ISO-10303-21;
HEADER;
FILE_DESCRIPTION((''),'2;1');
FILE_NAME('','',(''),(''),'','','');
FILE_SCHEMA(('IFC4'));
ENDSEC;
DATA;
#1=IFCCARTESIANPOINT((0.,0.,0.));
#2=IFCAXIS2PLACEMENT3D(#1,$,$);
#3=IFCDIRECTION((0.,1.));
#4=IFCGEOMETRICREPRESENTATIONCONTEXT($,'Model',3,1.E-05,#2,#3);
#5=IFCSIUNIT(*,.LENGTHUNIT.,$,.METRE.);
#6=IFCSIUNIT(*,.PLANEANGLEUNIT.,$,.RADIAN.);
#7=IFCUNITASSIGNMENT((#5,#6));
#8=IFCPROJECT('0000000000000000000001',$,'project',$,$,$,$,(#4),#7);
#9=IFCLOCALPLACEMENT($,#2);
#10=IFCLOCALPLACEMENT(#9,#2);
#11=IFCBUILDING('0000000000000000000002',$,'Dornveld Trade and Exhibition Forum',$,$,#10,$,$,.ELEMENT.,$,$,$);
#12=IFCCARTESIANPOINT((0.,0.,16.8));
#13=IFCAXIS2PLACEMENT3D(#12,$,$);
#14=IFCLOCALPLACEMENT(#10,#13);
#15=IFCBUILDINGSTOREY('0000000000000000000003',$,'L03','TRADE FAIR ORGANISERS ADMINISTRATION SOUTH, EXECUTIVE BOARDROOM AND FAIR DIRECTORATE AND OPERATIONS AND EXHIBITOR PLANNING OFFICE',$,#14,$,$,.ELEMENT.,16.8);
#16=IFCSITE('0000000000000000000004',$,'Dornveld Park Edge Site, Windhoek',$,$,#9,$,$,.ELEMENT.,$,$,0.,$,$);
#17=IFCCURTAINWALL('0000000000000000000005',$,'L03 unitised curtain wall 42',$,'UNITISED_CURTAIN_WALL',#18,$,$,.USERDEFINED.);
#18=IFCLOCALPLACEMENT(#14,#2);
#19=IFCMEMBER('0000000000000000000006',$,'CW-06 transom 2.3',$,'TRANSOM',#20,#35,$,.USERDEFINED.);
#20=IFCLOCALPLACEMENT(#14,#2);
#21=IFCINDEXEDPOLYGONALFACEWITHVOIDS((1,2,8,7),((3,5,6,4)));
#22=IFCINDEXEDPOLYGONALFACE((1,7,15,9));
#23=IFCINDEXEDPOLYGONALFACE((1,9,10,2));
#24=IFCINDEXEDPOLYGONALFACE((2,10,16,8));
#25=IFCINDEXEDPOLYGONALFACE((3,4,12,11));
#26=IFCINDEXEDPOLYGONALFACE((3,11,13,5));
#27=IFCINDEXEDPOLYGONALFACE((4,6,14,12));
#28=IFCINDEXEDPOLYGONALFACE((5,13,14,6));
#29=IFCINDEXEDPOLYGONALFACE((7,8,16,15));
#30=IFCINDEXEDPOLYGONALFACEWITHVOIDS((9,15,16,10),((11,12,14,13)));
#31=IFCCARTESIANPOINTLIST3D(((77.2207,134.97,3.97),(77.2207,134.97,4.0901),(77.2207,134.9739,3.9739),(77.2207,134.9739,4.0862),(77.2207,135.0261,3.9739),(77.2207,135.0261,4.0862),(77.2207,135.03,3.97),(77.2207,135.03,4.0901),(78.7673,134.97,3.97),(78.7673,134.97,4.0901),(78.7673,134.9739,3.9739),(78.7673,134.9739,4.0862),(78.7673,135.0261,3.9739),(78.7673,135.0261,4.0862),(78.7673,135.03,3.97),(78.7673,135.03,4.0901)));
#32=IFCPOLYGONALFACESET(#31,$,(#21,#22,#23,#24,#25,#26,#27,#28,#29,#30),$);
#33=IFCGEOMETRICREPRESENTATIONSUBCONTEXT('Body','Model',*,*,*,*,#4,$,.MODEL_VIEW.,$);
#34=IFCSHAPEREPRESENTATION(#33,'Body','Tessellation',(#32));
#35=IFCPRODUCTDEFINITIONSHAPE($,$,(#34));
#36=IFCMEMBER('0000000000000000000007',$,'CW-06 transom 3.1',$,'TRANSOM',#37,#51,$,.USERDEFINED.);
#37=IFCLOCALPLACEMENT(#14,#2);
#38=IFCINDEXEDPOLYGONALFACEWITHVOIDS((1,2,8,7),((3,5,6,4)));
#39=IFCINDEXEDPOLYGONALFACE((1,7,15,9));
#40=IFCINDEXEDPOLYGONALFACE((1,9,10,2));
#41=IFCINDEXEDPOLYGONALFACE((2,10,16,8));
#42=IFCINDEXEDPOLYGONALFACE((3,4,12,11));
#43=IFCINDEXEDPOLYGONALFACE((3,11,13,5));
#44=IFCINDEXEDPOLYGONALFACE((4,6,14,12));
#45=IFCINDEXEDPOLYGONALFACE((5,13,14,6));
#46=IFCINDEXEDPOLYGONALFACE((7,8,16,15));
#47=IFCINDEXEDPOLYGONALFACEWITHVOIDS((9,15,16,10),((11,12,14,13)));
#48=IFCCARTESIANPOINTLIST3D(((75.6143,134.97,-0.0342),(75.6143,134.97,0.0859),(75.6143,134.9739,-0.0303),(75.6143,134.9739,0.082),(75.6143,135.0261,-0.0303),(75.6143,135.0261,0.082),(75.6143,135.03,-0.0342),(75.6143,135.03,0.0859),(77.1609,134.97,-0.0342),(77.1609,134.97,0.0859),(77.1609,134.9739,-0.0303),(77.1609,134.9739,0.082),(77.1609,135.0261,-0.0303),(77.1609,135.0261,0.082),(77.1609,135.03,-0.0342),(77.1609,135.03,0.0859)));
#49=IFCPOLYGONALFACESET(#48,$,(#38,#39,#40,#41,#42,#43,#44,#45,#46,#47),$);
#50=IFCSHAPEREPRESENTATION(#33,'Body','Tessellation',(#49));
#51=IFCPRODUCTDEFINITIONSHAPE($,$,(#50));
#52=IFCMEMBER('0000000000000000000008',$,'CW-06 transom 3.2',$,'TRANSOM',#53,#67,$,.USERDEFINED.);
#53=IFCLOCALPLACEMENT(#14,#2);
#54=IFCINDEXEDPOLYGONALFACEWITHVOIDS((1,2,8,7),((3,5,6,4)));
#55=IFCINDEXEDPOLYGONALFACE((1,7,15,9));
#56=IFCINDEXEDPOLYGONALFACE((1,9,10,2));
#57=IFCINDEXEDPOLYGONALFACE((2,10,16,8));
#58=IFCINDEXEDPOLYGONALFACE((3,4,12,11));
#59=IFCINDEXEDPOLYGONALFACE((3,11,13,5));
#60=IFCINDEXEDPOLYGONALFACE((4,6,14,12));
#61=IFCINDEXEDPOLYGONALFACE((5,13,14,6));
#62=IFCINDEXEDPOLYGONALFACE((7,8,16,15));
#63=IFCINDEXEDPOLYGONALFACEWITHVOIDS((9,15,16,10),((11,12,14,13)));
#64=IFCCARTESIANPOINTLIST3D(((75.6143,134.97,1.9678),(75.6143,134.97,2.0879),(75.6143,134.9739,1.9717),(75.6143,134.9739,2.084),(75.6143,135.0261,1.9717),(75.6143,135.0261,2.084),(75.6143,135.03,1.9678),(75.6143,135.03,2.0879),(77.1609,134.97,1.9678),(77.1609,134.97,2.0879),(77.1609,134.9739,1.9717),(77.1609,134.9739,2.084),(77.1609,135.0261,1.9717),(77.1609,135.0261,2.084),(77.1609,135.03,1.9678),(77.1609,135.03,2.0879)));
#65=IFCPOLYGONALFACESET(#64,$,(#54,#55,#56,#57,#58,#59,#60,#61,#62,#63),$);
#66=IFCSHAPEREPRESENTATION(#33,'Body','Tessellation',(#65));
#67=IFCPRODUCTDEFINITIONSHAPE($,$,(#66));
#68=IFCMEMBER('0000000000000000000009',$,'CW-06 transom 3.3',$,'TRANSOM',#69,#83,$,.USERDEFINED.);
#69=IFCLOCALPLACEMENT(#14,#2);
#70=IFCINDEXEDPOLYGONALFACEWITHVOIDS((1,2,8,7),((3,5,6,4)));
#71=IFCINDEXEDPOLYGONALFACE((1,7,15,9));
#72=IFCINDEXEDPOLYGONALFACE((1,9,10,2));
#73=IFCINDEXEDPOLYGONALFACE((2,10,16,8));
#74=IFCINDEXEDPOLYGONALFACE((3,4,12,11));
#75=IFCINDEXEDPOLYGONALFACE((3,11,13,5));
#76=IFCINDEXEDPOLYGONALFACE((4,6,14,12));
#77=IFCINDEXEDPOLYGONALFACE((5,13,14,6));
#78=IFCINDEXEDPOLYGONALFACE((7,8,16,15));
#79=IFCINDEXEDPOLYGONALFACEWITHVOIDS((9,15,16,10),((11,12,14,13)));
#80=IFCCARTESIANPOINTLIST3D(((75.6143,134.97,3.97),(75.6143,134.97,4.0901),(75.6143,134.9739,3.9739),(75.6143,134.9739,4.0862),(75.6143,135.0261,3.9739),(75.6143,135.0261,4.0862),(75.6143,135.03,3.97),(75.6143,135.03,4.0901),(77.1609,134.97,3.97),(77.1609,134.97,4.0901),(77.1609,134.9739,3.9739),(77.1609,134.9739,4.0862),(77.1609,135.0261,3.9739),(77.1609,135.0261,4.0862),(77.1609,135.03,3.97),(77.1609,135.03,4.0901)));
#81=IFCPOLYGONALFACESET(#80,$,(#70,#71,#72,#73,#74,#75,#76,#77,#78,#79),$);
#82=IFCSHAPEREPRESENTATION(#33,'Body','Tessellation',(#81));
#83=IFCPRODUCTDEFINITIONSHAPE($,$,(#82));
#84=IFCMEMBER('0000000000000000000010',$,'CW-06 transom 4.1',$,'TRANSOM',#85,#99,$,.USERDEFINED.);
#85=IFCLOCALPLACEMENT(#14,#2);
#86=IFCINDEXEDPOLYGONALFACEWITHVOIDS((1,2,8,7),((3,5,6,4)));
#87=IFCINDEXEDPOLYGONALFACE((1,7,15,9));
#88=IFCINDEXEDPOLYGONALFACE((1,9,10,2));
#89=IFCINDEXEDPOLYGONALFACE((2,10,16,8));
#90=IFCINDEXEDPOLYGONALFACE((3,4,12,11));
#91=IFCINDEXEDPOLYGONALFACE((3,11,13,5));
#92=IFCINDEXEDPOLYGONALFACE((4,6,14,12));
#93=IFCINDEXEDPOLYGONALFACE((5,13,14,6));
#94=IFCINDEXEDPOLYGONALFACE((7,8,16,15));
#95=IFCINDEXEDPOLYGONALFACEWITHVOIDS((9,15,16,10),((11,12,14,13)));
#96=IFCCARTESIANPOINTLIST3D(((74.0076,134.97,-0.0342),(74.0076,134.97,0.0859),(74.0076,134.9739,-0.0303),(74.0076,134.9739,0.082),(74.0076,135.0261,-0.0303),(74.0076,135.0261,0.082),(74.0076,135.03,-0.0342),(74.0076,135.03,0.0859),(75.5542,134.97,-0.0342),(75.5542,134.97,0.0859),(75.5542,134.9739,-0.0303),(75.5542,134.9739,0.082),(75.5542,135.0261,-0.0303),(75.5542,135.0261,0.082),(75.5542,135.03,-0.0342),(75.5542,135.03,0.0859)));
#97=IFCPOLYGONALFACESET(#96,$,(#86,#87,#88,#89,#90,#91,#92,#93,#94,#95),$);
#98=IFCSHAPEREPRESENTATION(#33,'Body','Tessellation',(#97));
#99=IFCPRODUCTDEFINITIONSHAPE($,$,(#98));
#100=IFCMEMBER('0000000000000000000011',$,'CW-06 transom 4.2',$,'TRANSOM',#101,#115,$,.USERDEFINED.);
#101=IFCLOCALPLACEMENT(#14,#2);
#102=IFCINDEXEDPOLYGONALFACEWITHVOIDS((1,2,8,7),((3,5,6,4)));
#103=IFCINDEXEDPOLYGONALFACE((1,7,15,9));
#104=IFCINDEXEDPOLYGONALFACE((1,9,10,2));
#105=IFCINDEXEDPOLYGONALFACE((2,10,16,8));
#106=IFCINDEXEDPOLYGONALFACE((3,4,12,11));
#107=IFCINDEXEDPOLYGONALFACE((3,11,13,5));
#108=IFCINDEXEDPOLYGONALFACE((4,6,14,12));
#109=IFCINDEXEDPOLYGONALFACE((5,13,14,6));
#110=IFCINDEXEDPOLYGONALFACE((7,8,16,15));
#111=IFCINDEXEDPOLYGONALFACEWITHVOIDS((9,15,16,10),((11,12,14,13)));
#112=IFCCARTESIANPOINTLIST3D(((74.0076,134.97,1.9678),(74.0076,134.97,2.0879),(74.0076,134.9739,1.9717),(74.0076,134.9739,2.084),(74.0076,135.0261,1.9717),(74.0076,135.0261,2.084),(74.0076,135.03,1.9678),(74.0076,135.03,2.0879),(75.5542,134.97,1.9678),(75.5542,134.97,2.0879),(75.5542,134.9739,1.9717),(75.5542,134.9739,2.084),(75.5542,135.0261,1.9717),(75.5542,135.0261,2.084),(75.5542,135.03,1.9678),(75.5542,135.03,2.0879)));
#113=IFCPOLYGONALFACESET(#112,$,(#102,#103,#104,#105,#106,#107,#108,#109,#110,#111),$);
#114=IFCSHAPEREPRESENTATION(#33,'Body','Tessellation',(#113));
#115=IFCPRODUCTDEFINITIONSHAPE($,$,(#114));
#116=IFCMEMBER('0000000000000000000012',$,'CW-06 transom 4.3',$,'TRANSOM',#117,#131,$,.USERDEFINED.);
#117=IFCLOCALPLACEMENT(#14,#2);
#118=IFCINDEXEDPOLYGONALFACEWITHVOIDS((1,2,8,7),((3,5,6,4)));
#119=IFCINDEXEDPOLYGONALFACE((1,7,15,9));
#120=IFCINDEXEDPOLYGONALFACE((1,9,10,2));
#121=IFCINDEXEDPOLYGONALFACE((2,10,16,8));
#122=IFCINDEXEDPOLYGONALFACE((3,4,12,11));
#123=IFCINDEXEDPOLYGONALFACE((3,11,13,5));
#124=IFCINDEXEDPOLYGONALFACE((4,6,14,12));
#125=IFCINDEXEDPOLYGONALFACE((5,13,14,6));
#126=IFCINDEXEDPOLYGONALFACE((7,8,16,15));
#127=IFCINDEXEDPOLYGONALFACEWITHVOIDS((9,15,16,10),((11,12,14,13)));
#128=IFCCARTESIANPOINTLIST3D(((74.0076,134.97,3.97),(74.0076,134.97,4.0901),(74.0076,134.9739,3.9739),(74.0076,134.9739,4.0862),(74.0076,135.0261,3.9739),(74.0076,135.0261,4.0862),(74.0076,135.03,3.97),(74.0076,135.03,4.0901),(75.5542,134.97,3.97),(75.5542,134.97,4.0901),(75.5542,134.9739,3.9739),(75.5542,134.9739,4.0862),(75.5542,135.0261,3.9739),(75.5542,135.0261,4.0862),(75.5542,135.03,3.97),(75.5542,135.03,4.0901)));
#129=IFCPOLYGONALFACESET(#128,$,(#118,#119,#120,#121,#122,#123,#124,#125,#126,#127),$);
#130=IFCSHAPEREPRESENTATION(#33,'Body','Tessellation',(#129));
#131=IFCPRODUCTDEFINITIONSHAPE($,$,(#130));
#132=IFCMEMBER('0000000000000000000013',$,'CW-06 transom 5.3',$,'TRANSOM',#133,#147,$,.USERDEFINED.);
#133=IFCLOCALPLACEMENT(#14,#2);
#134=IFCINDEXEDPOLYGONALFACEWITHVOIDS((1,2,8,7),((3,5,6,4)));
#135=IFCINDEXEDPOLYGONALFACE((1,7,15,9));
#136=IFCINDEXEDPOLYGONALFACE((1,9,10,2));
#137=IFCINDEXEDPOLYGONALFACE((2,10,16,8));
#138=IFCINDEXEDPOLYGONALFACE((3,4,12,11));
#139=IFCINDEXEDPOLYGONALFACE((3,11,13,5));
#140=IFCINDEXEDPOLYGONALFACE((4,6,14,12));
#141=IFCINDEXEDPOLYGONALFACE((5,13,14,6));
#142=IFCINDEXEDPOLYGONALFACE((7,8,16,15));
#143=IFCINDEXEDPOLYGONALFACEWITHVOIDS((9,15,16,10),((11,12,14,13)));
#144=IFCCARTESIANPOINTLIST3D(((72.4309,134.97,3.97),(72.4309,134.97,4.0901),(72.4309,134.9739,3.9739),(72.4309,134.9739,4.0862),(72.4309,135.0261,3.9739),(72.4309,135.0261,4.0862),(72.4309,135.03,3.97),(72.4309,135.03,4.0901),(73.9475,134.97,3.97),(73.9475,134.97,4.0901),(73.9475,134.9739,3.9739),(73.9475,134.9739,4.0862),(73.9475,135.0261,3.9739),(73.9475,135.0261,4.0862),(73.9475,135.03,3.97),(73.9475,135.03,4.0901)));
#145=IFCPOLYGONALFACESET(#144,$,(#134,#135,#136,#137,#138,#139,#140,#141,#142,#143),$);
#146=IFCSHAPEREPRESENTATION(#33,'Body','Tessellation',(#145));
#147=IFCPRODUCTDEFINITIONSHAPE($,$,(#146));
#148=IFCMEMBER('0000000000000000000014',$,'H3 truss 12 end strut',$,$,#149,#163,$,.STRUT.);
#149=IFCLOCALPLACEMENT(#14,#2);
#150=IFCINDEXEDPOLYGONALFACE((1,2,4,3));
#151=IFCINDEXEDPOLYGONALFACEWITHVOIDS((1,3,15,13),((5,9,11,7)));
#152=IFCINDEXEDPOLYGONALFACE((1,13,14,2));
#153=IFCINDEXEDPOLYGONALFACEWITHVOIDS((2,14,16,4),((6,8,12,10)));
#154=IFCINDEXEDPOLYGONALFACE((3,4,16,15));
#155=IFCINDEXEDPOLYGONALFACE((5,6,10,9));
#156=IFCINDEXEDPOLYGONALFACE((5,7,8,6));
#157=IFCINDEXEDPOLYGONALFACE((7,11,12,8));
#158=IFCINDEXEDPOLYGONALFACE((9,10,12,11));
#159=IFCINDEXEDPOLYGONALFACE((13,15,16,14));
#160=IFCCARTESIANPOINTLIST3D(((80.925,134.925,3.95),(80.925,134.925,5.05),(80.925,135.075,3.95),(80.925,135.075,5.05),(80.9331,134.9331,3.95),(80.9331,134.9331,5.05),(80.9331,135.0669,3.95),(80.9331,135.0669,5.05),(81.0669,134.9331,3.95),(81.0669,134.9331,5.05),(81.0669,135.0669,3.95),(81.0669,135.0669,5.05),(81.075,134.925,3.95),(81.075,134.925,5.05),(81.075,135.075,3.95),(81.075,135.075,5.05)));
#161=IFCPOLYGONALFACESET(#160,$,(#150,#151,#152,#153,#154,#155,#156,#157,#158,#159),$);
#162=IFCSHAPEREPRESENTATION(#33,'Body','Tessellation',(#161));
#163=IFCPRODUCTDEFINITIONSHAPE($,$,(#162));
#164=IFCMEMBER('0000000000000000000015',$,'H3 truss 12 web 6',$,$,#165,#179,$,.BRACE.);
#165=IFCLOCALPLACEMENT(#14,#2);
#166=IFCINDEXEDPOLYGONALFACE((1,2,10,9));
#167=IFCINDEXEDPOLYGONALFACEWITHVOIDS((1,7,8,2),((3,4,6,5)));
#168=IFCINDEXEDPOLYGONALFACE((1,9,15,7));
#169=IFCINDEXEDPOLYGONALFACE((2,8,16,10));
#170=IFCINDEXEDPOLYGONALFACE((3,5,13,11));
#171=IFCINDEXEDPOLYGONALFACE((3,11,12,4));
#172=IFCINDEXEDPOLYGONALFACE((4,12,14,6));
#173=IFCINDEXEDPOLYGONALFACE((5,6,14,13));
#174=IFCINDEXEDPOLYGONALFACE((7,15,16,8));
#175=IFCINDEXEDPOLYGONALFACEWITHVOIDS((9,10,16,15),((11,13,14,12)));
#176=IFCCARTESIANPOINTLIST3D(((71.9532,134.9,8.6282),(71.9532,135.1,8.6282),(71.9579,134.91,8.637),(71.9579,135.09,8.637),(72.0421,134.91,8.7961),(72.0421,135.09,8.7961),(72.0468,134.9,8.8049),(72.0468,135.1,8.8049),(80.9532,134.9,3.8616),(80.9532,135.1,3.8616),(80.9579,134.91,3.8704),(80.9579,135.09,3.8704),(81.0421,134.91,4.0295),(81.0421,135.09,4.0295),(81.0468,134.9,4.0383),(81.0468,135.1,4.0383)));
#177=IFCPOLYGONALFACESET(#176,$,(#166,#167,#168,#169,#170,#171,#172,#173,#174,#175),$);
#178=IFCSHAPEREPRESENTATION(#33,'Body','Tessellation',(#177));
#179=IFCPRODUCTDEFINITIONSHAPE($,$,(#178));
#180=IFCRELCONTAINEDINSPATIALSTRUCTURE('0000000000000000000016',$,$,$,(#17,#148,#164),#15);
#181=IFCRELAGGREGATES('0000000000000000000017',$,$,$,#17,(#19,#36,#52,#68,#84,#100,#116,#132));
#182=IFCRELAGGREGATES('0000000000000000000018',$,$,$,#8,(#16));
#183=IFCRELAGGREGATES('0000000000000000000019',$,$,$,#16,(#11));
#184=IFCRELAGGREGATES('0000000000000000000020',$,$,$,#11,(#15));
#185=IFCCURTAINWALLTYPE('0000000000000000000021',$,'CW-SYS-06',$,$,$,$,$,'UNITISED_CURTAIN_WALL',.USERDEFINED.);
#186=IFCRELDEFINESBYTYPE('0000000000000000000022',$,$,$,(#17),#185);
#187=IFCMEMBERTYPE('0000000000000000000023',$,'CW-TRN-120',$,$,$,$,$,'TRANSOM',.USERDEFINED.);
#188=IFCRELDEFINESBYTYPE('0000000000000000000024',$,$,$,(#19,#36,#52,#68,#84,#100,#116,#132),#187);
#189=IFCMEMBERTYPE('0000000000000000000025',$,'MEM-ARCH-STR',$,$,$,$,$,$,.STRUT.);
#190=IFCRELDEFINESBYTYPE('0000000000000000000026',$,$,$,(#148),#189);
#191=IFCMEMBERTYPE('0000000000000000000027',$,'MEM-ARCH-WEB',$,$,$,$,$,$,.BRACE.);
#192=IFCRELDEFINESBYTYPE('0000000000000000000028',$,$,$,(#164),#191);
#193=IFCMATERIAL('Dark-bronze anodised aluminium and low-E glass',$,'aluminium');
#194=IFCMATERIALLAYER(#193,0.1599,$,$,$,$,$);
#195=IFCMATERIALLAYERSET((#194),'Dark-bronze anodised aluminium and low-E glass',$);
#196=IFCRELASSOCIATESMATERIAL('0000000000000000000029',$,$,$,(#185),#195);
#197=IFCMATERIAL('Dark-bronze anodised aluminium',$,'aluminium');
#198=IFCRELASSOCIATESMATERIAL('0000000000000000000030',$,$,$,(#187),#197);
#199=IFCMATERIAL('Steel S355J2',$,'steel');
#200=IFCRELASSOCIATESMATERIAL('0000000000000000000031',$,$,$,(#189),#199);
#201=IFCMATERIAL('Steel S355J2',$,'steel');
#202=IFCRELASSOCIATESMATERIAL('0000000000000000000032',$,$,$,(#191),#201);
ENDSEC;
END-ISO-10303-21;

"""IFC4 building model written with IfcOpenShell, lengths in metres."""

from ifc_helpers import new_model, si_unit, direction, frame, origin, origin_2d, place, context, subcontext, project, spatial, hollow_rectangle, extrude, material, layer, layer_set, material_profile, profile_set, type_object, element, aggregate, save


model = new_model("IFC4")

# Units and contexts
model_context = context("Model", 3, precision=1e-05, world=origin(), true_north=direction((0.0, 1.0)))
body_context = subcontext(model_context, "Body", "Model", "MODEL_VIEW")
ifc_project = project(units=[si_unit("LENGTHUNIT", "METRE"), si_unit("PLANEANGLEUNIT", "RADIAN")], contexts=[model_context])

# Site, building, storey
site_placement = place(None, origin())
site = spatial("IfcSite", under=ifc_project, at=site_placement, Name="Dornveld Park Edge Site, Windhoek", CompositionType="ELEMENT", RefElevation=0.0)
building_placement = place(site_placement, origin())
building = spatial("IfcBuilding", under=site, at=building_placement, Name="Dornveld Trade and Exhibition Forum", CompositionType="ELEMENT")
storey_placement = place(building_placement, frame((0.0, 0.0, 16.8)))
storey = spatial("IfcBuildingStorey", under=building, at=storey_placement, Name="L03", Description="TRADE FAIR ORGANISERS ADMINISTRATION SOUTH, EXECUTIVE BOARDROOM AND FAIR DIRECTORATE AND OPERATIONS AND EXHIBITOR PLANNING OFFICE", CompositionType="ELEMENT", Elevation=16.8)

# Curtain wall, members
ifc_material_1 = material(Name="Dark-bronze anodised aluminium and low-E glass", Category="aluminium")
ifc_layer_1 = layer(ifc_material_1, 0.1599)
ifc_layer_set_1 = layer_set([ifc_layer_1], Name="Dark-bronze anodised aluminium and low-E glass")
curtain_wall_type = type_object("IfcCurtainWallType", Name="CW-SYS-06", ElementType="UNITISED_CURTAIN_WALL", PredefinedType="USERDEFINED", material=ifc_layer_set_1)
curtain_wall_placement = place(storey_placement, origin())
curtain_wall = element("IfcCurtainWall", 1, at=curtain_wall_placement, inside=storey, type_object=curtain_wall_type, Name="L03 unitised curtain wall 42", ObjectType="UNITISED_CURTAIN_WALL", PredefinedType="USERDEFINED")
ifc_material_2 = material(Name="Dark-bronze anodised aluminium", Category="aluminium")
ifc_material_profile_1 = material_profile(ifc_material_2, hollow_rectangle(XDim=0.0601, YDim=0.1201, WallThickness=0.0039, at=origin_2d()), Name="RHS 120x60x4")
ifc_profile_set_1 = profile_set([ifc_material_profile_1], Name="Dark-bronze anodised aluminium")
member_type_1 = type_object("IfcMemberType", Name="CW-TRN-120", ElementType="TRANSOM", PredefinedType="USERDEFINED", material=ifc_profile_set_1)
member_1_placement = place(storey_placement, frame((78.7673, 135.0, 4.03), z_axis=(-1.0, 0.0, 0.0), x_axis=(0.0, -1.0, 0.0)))
member_1 = element("IfcMember", 2, at=member_1_placement, type_object=member_type_1, Name="CW-06 transom 2.3", ObjectType="TRANSOM", PredefinedType="USERDEFINED", context=body_context, shape_type="SweptSolid", body=[
    extrude(hollow_rectangle(XDim=0.0601, YDim=0.1201, WallThickness=0.0039, at=origin_2d()), origin(), (0.0, 0.0, 1.0), 1.5466),
])
member_2_placement = place(storey_placement, frame((77.1609, 135.0, 0.0259), z_axis=(-1.0, 0.0, 0.0), x_axis=(0.0, -1.0, 0.0)))
member_2 = element("IfcMember", 3, at=member_2_placement, type_object=member_type_1, Name="CW-06 transom 3.1", ObjectType="TRANSOM", PredefinedType="USERDEFINED", context=body_context, shape_type="SweptSolid", body=[
    extrude(hollow_rectangle(XDim=0.0601, YDim=0.1201, WallThickness=0.0039, at=origin_2d()), origin(), (0.0, 0.0, 1.0), 1.5466),
])
member_3_placement = place(storey_placement, frame((77.1609, 135.0, 2.0278), z_axis=(-1.0, 0.0, 0.0), x_axis=(0.0, -1.0, 0.0)))
member_3 = element("IfcMember", 4, at=member_3_placement, type_object=member_type_1, Name="CW-06 transom 3.2", ObjectType="TRANSOM", PredefinedType="USERDEFINED", context=body_context, shape_type="SweptSolid", body=[
    extrude(hollow_rectangle(XDim=0.0601, YDim=0.1201, WallThickness=0.0039, at=origin_2d()), origin(), (0.0, 0.0, 1.0), 1.5466),
])
member_4_placement = place(storey_placement, frame((77.1609, 135.0, 4.03), z_axis=(-1.0, 0.0, 0.0), x_axis=(0.0, -1.0, 0.0)))
member_4 = element("IfcMember", 5, at=member_4_placement, type_object=member_type_1, Name="CW-06 transom 3.3", ObjectType="TRANSOM", PredefinedType="USERDEFINED", context=body_context, shape_type="SweptSolid", body=[
    extrude(hollow_rectangle(XDim=0.0601, YDim=0.1201, WallThickness=0.0039, at=origin_2d()), origin(), (0.0, 0.0, 1.0), 1.5466),
])
member_5_placement = place(storey_placement, frame((75.5542, 135.0, 0.0259), z_axis=(-1.0, 0.0, 0.0), x_axis=(0.0, -1.0, 0.0)))
member_5 = element("IfcMember", 6, at=member_5_placement, type_object=member_type_1, Name="CW-06 transom 4.1", ObjectType="TRANSOM", PredefinedType="USERDEFINED", context=body_context, shape_type="SweptSolid", body=[
    extrude(hollow_rectangle(XDim=0.0601, YDim=0.1201, WallThickness=0.0039, at=origin_2d()), origin(), (0.0, 0.0, 1.0), 1.5466),
])
member_6_placement = place(storey_placement, frame((75.5542, 135.0, 2.0278), z_axis=(-1.0, 0.0, 0.0), x_axis=(0.0, -1.0, 0.0)))
member_6 = element("IfcMember", 7, at=member_6_placement, type_object=member_type_1, Name="CW-06 transom 4.2", ObjectType="TRANSOM", PredefinedType="USERDEFINED", context=body_context, shape_type="SweptSolid", body=[
    extrude(hollow_rectangle(XDim=0.0601, YDim=0.1201, WallThickness=0.0039, at=origin_2d()), origin(), (0.0, 0.0, 1.0), 1.5466),
])
member_7_placement = place(storey_placement, frame((75.5542, 135.0, 4.03), z_axis=(-1.0, 0.0, 0.0), x_axis=(0.0, -1.0, 0.0)))
member_7 = element("IfcMember", 8, at=member_7_placement, type_object=member_type_1, Name="CW-06 transom 4.3", ObjectType="TRANSOM", PredefinedType="USERDEFINED", context=body_context, shape_type="SweptSolid", body=[
    extrude(hollow_rectangle(XDim=0.0601, YDim=0.1201, WallThickness=0.0039, at=origin_2d()), origin(), (0.0, 0.0, 1.0), 1.5466),
])
member_8_placement = place(storey_placement, frame((73.9475, 135.0, 4.03), z_axis=(-1.0, 0.0, 0.0), x_axis=(0.0, -1.0, 0.0)))
member_8 = element("IfcMember", 9, at=member_8_placement, type_object=member_type_1, Name="CW-06 transom 5.3", ObjectType="TRANSOM", PredefinedType="USERDEFINED", context=body_context, shape_type="SweptSolid", body=[
    extrude(hollow_rectangle(XDim=0.0601, YDim=0.1201, WallThickness=0.0039, at=origin_2d()), origin(), (0.0, 0.0, 1.0), 1.5166),
])

# Members
ifc_material_3 = material(Name="Steel S355J2", Category="steel")
ifc_material_profile_2 = material_profile(ifc_material_3, hollow_rectangle(XDim=0.1499, YDim=0.1499, WallThickness=0.0081, at=origin_2d()), Name="SHS 150x150x8")
ifc_profile_set_2 = profile_set([ifc_material_profile_2], Name="Steel S355J2")
member_type_2 = type_object("IfcMemberType", Name="MEM-ARCH-STR", PredefinedType="STRUT", material=ifc_profile_set_2)
member_9_placement = place(storey_placement, frame((81.0, 135.0, 3.95), z_axis=(0.0, 0.0, 1.0), x_axis=(1.0, 0.0, 0.0)))
element("IfcMember", 10, at=member_9_placement, inside=storey, type_object=member_type_2, Name="H3 truss 12 end strut", PredefinedType="STRUT", context=body_context, shape_type="SweptSolid", body=[
    extrude(hollow_rectangle(XDim=0.1499, YDim=0.1499, WallThickness=0.0081, at=origin_2d()), origin(), (0.0, 0.0, 1.0), 1.1001),
])
ifc_material_4 = material(Name="Steel S355J2", Category="steel")
ifc_material_profile_3 = material_profile(ifc_material_4, hollow_rectangle(XDim=0.2, YDim=0.2, WallThickness=0.01, at=origin_2d()), Name="SHS 200x200x10")
ifc_profile_set_3 = profile_set([ifc_material_profile_3], Name="Steel S355J2")
member_type_3 = type_object("IfcMemberType", Name="MEM-ARCH-WEB", PredefinedType="BRACE", material=ifc_profile_set_3)
member_10_placement = place(storey_placement, frame((81.0, 135.0, 3.95), z_axis=(-0.883711, 0.0, 0.468033), x_axis=(0.0, -1.0, 0.0)))
element("IfcMember", 11, at=member_10_placement, inside=storey, type_object=member_type_3, Name="H3 truss 12 web 6", PredefinedType="BRACE", context=body_context, shape_type="SweptSolid", body=[
    extrude(hollow_rectangle(XDim=0.2, YDim=0.2, WallThickness=0.01, at=origin_2d()), origin(), (0.0, 0.0, 1.0), 10.1843),
])

aggregate(curtain_wall, [member_1, member_2, member_3, member_4, member_5, member_6, member_7, member_8])

save(model, "model.ifc")
